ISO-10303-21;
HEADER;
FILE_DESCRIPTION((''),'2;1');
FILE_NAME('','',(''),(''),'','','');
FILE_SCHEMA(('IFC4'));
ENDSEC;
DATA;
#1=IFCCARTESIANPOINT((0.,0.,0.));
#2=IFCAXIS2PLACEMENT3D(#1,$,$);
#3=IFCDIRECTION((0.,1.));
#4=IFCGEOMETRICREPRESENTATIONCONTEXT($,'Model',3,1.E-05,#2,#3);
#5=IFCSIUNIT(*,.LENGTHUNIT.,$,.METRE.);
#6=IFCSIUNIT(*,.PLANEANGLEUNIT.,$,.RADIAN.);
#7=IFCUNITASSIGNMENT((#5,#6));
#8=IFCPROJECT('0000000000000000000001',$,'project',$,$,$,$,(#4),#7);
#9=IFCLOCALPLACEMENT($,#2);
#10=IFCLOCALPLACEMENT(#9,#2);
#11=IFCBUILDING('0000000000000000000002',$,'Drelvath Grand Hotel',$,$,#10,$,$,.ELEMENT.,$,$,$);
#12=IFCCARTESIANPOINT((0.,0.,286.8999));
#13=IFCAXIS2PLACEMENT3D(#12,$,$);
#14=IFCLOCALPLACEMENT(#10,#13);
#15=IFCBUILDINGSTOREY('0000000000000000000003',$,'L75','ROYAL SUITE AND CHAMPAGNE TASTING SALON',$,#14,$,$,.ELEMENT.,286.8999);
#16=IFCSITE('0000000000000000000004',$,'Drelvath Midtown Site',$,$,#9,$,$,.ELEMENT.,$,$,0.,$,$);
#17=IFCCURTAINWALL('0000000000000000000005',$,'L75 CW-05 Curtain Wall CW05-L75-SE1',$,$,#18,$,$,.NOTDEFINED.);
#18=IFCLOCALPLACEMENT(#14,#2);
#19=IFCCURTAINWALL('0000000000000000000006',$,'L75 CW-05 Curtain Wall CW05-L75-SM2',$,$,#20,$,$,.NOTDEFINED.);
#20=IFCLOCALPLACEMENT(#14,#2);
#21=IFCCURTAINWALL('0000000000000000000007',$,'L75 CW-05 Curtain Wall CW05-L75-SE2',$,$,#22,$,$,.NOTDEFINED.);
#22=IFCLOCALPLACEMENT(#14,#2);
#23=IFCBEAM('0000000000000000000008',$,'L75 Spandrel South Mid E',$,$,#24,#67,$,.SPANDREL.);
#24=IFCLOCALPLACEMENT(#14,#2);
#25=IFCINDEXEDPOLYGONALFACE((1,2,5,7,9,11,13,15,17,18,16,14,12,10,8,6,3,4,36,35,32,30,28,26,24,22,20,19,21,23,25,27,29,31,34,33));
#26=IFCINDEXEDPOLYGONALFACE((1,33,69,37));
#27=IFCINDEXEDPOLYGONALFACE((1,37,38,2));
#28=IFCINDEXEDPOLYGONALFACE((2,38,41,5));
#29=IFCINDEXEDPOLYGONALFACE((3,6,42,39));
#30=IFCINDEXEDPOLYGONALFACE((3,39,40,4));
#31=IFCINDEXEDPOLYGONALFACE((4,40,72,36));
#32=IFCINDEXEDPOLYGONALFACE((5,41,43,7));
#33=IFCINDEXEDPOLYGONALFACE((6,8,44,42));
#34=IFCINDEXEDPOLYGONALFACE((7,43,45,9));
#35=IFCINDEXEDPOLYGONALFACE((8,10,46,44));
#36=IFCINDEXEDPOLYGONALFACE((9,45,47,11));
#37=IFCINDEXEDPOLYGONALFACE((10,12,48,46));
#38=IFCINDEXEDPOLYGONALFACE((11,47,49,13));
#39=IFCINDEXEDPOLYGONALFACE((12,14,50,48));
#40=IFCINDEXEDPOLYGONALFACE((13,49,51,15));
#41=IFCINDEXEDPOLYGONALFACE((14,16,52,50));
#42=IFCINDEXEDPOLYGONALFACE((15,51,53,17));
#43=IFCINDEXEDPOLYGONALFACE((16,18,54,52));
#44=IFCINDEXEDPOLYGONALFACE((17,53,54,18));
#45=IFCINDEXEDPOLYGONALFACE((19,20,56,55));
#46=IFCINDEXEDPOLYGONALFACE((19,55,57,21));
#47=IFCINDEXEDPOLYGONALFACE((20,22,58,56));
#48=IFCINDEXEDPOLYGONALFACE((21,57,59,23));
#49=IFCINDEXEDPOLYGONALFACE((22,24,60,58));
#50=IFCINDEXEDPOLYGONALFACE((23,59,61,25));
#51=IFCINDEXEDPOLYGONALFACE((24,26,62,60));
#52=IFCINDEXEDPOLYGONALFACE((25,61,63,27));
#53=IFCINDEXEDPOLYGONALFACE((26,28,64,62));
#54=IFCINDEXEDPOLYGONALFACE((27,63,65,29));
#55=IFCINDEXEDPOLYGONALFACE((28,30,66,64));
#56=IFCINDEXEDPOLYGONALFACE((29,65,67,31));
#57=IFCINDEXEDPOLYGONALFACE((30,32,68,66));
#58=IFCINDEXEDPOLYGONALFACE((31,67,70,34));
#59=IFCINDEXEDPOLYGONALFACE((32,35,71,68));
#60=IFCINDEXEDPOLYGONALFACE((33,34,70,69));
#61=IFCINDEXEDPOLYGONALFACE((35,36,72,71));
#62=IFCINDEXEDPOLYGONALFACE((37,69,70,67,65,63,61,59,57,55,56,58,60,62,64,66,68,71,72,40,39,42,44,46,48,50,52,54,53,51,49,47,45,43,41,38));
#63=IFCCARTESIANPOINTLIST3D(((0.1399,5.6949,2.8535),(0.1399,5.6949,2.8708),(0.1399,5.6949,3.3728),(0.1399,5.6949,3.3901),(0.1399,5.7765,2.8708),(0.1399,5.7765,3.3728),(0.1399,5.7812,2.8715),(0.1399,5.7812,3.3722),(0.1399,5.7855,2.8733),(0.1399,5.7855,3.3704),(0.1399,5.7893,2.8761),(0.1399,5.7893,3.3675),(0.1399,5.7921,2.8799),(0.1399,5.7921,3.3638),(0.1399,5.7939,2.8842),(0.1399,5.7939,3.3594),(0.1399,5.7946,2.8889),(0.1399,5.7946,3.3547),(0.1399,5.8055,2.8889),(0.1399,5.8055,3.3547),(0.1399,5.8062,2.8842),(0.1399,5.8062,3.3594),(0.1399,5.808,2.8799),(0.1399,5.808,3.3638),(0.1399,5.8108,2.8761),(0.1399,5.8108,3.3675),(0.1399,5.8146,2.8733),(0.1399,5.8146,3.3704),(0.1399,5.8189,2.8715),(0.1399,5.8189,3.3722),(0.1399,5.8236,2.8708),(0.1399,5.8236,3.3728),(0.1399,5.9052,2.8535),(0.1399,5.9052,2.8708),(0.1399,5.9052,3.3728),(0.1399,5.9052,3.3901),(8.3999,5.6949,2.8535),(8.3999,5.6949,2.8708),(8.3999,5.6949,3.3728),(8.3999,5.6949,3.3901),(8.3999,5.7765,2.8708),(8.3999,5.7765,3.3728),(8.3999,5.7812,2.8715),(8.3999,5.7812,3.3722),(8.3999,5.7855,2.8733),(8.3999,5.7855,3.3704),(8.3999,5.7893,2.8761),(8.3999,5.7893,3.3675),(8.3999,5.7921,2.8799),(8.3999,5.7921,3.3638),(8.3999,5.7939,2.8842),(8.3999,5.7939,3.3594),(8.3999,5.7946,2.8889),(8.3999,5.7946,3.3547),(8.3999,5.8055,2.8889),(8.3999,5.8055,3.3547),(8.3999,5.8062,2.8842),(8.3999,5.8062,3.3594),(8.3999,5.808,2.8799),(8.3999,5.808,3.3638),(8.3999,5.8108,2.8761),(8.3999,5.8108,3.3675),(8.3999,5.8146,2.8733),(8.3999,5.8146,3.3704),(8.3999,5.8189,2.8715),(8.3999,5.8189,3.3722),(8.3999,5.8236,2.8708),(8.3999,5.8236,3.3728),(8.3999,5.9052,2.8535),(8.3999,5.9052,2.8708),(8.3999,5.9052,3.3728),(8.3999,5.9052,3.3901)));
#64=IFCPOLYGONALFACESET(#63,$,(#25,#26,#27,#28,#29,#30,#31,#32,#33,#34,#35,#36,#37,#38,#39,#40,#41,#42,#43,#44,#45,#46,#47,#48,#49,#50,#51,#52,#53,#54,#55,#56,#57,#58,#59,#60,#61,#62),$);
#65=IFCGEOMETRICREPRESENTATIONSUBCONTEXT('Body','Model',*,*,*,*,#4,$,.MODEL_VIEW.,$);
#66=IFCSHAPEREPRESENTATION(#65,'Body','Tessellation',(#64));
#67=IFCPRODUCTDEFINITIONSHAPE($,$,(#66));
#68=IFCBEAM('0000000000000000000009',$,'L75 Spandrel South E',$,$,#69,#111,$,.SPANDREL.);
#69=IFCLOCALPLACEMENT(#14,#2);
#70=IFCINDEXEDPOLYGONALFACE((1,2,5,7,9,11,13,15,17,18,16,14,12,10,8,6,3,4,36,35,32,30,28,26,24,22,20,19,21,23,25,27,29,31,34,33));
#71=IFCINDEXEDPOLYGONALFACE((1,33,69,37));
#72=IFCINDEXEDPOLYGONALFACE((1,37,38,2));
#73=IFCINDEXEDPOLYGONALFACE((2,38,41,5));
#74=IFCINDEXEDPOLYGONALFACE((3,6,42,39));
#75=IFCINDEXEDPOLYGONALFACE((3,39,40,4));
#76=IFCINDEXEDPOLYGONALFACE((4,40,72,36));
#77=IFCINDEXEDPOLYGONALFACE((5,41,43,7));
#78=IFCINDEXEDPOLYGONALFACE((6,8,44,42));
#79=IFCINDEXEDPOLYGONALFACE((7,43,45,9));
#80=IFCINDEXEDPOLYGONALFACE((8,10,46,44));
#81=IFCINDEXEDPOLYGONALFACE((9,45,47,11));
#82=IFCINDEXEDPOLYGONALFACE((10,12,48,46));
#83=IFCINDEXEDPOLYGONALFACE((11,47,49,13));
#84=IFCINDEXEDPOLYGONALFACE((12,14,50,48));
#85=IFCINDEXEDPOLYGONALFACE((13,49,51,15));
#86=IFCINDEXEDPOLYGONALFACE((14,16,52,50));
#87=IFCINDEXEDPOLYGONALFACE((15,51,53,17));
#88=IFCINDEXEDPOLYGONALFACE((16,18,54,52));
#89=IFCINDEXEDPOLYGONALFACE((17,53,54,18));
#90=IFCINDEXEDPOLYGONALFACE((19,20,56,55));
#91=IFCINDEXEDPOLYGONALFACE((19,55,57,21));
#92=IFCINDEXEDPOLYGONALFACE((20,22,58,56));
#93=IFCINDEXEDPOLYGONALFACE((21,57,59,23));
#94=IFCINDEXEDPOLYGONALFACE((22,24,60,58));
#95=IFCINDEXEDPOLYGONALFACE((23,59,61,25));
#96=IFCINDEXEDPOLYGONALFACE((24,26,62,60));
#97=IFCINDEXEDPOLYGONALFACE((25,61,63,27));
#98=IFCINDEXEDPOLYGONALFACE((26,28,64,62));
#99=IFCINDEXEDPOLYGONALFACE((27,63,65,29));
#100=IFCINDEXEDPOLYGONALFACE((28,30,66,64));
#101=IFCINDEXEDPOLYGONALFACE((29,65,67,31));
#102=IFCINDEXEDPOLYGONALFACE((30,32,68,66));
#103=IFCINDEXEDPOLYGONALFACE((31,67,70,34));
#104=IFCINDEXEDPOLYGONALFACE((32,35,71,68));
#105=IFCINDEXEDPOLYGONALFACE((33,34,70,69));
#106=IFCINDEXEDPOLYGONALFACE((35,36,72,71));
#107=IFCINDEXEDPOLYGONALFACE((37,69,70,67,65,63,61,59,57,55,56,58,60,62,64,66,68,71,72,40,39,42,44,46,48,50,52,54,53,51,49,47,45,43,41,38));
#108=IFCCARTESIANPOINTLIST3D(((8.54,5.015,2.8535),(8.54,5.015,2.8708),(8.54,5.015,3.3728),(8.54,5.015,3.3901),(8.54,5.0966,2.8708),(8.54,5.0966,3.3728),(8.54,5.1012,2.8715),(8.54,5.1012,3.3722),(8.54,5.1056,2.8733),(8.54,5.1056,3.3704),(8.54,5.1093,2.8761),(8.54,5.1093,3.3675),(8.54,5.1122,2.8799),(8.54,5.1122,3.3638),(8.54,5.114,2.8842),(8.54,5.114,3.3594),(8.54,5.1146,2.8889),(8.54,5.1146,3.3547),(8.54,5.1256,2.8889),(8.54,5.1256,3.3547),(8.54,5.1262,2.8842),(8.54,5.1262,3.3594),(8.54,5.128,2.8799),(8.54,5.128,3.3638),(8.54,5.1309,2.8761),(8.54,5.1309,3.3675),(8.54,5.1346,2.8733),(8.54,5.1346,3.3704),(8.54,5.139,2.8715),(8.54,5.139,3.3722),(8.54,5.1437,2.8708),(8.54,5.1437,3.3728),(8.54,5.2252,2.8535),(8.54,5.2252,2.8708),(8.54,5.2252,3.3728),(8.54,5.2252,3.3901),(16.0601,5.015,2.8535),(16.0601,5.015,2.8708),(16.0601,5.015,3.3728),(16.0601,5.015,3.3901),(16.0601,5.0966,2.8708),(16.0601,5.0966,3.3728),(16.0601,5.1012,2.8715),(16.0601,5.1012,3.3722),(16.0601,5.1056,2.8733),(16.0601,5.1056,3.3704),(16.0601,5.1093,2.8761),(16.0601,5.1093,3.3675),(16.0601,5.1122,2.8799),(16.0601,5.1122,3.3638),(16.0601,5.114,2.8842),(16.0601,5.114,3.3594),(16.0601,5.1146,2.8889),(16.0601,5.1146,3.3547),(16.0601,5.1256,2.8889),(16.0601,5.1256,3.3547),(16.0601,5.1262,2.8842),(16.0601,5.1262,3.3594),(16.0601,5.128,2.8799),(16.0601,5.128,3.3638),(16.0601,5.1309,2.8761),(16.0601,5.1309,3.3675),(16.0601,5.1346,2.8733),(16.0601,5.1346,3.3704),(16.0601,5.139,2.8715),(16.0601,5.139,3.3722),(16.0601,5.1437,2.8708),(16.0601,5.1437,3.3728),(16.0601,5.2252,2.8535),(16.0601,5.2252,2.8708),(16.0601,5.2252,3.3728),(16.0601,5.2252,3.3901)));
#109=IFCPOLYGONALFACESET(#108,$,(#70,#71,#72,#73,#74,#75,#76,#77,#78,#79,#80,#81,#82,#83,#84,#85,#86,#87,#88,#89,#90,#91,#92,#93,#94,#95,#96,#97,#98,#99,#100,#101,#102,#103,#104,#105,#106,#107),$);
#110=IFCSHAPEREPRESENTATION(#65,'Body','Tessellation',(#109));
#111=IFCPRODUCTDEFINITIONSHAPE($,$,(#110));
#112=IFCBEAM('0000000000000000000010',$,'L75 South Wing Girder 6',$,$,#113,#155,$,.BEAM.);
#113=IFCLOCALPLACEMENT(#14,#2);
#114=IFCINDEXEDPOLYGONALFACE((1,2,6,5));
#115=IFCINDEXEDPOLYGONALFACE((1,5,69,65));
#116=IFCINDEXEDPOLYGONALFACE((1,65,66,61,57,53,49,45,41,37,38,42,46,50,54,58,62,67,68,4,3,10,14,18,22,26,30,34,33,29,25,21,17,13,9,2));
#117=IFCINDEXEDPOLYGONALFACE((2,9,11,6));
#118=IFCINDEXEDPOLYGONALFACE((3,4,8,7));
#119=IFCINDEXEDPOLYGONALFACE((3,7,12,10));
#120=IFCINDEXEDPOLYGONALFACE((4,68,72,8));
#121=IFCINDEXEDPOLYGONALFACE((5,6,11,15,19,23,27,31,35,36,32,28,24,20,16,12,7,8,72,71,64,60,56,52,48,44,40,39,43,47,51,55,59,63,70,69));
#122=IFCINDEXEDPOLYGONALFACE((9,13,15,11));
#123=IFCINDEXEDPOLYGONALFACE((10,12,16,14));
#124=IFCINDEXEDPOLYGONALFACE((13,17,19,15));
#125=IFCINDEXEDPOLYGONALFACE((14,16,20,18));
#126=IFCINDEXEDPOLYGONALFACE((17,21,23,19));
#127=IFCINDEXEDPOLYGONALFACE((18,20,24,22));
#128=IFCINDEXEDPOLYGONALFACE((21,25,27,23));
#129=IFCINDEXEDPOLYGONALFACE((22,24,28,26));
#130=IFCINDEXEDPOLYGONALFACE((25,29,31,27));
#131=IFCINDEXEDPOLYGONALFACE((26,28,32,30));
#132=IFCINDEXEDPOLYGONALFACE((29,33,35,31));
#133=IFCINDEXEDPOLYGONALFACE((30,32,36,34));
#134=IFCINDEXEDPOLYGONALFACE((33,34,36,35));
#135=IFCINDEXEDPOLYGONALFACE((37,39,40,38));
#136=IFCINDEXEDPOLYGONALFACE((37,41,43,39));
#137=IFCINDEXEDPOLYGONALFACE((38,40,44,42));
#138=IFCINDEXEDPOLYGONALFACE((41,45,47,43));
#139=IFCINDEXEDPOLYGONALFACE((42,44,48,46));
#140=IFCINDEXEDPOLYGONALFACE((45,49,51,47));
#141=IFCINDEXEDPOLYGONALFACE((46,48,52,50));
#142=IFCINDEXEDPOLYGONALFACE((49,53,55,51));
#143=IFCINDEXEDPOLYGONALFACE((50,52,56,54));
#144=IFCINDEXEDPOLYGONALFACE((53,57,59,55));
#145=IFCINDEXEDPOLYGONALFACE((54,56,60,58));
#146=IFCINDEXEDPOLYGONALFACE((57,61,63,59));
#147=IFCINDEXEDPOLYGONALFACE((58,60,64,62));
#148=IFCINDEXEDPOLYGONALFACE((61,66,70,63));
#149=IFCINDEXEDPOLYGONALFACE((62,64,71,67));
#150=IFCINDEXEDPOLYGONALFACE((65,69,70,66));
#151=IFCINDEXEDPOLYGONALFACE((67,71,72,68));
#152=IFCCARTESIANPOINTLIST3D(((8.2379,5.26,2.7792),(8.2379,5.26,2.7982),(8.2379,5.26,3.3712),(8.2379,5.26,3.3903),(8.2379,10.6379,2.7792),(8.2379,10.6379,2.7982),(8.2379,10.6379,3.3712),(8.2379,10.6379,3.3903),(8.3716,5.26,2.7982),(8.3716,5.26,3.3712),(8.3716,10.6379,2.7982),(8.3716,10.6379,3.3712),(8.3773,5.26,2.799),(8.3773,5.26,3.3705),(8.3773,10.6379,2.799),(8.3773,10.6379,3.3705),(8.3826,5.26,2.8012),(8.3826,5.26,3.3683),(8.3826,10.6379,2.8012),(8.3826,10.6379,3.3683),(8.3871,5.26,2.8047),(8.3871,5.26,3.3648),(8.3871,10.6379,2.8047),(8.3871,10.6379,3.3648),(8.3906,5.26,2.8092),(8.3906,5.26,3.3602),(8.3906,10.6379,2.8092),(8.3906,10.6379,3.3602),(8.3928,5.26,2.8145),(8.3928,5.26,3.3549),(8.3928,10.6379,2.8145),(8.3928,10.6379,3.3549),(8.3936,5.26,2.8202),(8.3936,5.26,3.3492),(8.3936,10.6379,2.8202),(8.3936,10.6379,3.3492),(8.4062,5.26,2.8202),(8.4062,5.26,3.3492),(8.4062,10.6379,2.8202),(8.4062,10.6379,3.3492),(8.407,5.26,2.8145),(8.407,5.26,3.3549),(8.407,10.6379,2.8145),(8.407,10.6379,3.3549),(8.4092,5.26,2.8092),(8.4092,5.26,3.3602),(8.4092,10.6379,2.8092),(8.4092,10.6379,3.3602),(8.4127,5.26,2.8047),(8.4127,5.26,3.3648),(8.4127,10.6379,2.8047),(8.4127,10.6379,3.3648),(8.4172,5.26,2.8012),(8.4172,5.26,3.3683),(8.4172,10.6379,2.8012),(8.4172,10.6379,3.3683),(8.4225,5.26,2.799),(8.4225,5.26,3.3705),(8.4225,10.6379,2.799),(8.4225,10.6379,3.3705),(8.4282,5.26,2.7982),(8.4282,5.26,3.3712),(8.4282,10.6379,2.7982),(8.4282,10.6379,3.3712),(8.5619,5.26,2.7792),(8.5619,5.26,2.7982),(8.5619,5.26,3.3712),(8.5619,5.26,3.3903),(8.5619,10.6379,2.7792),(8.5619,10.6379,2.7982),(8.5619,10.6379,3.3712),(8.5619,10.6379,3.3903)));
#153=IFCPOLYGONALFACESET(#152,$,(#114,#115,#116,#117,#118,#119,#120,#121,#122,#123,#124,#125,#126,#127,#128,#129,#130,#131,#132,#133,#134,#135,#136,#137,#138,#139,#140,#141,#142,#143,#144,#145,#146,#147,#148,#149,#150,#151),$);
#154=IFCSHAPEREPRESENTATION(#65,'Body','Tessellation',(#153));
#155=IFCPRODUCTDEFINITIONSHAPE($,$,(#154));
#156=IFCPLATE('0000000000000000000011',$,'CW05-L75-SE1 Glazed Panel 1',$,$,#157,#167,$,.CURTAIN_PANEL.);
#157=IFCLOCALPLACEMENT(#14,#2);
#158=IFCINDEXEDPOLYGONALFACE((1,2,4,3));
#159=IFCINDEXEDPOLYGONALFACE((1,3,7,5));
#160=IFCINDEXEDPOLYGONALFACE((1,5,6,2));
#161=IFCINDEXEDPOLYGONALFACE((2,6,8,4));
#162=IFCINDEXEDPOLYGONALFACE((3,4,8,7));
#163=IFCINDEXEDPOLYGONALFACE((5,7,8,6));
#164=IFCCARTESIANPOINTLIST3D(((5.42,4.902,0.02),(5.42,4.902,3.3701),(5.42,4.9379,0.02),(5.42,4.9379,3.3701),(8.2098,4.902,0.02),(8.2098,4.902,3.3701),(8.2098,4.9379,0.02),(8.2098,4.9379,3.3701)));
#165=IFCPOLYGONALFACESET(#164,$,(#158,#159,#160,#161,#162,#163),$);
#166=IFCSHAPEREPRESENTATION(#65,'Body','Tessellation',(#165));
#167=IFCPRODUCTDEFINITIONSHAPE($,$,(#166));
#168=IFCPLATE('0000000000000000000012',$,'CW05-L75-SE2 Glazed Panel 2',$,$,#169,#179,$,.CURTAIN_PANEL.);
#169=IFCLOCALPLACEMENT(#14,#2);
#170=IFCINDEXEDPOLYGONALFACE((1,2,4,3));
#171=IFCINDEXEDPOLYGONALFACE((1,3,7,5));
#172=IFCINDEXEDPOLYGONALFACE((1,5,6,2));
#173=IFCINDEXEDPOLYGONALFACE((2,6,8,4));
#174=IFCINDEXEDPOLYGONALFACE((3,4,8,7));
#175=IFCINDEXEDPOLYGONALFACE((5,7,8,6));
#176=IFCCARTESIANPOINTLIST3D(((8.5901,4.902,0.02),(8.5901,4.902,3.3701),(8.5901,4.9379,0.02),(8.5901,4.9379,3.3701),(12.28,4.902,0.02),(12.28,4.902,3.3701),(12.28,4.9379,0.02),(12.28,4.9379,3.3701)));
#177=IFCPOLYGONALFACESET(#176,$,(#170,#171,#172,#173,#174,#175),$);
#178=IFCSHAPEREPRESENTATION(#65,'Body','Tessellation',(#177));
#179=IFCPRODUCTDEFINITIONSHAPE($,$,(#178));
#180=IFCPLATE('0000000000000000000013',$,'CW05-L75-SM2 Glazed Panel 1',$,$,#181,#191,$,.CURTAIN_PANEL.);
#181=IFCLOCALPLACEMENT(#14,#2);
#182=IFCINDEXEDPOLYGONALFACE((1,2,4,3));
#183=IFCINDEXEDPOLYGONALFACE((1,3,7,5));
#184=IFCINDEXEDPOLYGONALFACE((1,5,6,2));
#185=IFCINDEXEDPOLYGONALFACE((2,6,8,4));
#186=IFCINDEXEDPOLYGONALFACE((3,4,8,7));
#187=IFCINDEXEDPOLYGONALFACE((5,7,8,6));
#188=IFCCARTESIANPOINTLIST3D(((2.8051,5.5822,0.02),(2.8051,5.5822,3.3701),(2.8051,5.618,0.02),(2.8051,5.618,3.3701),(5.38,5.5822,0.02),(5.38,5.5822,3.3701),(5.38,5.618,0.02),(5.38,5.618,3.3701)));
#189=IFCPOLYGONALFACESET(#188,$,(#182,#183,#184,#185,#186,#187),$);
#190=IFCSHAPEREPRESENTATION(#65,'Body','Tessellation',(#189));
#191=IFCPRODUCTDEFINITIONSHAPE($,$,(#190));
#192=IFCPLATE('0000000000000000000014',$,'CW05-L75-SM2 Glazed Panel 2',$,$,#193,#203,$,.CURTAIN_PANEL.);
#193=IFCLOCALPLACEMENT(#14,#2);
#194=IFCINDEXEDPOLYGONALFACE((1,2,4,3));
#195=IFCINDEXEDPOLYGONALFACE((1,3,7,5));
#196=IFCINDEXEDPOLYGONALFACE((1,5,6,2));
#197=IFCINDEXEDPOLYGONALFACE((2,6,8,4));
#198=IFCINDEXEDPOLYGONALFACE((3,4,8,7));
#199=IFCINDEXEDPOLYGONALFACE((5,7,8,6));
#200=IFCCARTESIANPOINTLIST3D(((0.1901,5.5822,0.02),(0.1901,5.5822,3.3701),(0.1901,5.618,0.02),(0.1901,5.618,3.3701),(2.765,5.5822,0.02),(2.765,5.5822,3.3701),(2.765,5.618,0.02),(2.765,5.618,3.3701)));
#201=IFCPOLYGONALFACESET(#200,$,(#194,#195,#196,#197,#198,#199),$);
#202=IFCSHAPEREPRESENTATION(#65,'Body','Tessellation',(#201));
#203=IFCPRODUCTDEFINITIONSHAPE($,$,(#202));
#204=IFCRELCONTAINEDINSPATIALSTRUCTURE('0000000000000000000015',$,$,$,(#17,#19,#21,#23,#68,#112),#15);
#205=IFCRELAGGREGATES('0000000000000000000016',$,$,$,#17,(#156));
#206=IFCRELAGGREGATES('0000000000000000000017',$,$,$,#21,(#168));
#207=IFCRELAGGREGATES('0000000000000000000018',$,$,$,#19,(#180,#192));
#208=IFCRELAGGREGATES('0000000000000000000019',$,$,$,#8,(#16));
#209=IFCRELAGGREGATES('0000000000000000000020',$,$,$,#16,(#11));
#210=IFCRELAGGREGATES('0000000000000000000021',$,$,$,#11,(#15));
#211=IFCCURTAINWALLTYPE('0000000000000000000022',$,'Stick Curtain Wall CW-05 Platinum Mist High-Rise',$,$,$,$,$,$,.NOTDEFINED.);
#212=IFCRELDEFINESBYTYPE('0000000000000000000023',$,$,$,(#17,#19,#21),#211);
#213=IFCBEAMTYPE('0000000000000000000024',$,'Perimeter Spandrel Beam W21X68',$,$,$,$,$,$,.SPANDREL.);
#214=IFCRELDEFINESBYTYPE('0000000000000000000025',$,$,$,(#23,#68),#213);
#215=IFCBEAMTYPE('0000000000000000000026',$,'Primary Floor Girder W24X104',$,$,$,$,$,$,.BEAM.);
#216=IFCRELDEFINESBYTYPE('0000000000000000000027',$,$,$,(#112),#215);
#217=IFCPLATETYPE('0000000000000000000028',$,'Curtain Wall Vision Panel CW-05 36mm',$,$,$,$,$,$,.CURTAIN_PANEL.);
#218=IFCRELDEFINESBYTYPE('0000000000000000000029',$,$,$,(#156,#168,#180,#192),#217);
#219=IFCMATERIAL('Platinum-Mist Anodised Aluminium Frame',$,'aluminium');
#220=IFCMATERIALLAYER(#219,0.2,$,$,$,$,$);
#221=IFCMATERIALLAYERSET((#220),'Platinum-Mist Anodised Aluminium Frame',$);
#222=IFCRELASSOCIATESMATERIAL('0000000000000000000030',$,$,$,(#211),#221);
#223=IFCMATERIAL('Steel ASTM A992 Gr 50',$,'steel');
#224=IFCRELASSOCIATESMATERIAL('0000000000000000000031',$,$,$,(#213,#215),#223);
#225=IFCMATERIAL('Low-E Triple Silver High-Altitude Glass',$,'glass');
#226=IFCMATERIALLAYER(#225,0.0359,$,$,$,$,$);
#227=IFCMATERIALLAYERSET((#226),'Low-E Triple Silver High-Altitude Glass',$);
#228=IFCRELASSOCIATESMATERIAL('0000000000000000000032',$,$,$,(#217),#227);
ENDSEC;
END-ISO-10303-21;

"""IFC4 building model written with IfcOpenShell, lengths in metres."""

from ifc_helpers import new_model, si_unit, direction, frame, origin, origin_2d, place, context, subcontext, project, spatial, rectangle, i_section, extrude, material, layer, layer_set, material_profile, profile_set, type_object, element, aggregate, save


model = new_model("IFC4")

# Units and contexts
model_context = context("Model", 3, precision=1e-05, world=origin(), true_north=direction((0.0, 1.0)))
body_context = subcontext(model_context, "Body", "Model", "MODEL_VIEW")
ifc_project = project(units=[si_unit("LENGTHUNIT", "METRE"), si_unit("PLANEANGLEUNIT", "RADIAN")], contexts=[model_context])

# Site, building, storey
site_placement = place(None, origin())
site = spatial("IfcSite", under=ifc_project, at=site_placement, Name="Drelvath Midtown Site", CompositionType="ELEMENT", RefElevation=0.0)
building_placement = place(site_placement, origin())
building = spatial("IfcBuilding", under=site, at=building_placement, Name="Drelvath Grand Hotel", CompositionType="ELEMENT")
storey_placement = place(building_placement, frame((0.0, 0.0, 286.8999)))
storey = spatial("IfcBuildingStorey", under=building, at=storey_placement, Name="L75", Description="ROYAL SUITE AND CHAMPAGNE TASTING SALON", CompositionType="ELEMENT", Elevation=286.8999)

# Curtain walls
ifc_material_1 = material(Name="Platinum-Mist Anodised Aluminium Frame", Category="aluminium")
ifc_layer_1 = layer(ifc_material_1, 0.2)
ifc_layer_set_1 = layer_set([ifc_layer_1], Name="Platinum-Mist Anodised Aluminium Frame")
curtain_wall_type = type_object("IfcCurtainWallType", Name="Stick Curtain Wall CW-05 Platinum Mist High-Rise", PredefinedType="NOTDEFINED", material=ifc_layer_set_1)
curtain_wall_1_placement = place(storey_placement, origin())
curtain_wall_1 = element("IfcCurtainWall", 1, at=curtain_wall_1_placement, inside=storey, type_object=curtain_wall_type, Name="L75 CW-05 Curtain Wall CW05-L75-SE1", PredefinedType="NOTDEFINED")
curtain_wall_2_placement = place(storey_placement, origin())
curtain_wall_2 = element("IfcCurtainWall", 2, at=curtain_wall_2_placement, inside=storey, type_object=curtain_wall_type, Name="L75 CW-05 Curtain Wall CW05-L75-SM2", PredefinedType="NOTDEFINED")

# Curtain wall
curtain_wall_3_placement = place(storey_placement, origin())
curtain_wall_3 = element("IfcCurtainWall", 3, at=curtain_wall_3_placement, inside=storey, type_object=curtain_wall_type, Name="L75 CW-05 Curtain Wall CW05-L75-SE2", PredefinedType="NOTDEFINED")

# Beams
ifc_material_2 = material(Name="Steel ASTM A992 Gr 50", Category="steel")
ifc_material_profile_1 = material_profile(ifc_material_2, i_section(OverallWidth=0.2102, OverallDepth=0.5366, WebThickness=0.011, FlangeThickness=0.0173, FilletRadius=0.0181, at=origin_2d()), Name="W21X68")
ifc_profile_set_1 = profile_set([ifc_material_profile_1], Name="Steel ASTM A992 Gr 50")
beam_type_1 = type_object("IfcBeamType", Name="Perimeter Spandrel Beam W21X68", PredefinedType="SPANDREL", material=ifc_profile_set_1)
beam_1_placement = place(storey_placement, frame((0.1399, 5.8, 3.1218), z_axis=(1.0, 0.0, 0.0), x_axis=(0.0, 1.0, 0.0)))
element("IfcBeam", 4, at=beam_1_placement, inside=storey, type_object=beam_type_1, Name="L75 Spandrel South Mid E", PredefinedType="SPANDREL", context=body_context, shape_type="SweptSolid", body=[
    extrude(i_section(OverallWidth=0.2102, OverallDepth=0.5366, WebThickness=0.011, FlangeThickness=0.0173, FilletRadius=0.0181, at=origin_2d()), origin(), (0.0, 0.0, 1.0), 8.26),
])
beam_2_placement = place(storey_placement, frame((8.54, 5.1201, 3.1218), z_axis=(1.0, 0.0, 0.0), x_axis=(0.0, 1.0, 0.0)))
element("IfcBeam", 5, at=beam_2_placement, inside=storey, type_object=beam_type_1, Name="L75 Spandrel South E", PredefinedType="SPANDREL", context=body_context, shape_type="SweptSolid", body=[
    extrude(i_section(OverallWidth=0.2102, OverallDepth=0.5366, WebThickness=0.011, FlangeThickness=0.0173, FilletRadius=0.0181, at=origin_2d()), origin(), (0.0, 0.0, 1.0), 7.52),
])
ifc_material_profile_2 = material_profile(ifc_material_2, i_section(OverallWidth=0.324, OverallDepth=0.6111, WebThickness=0.0127, FlangeThickness=0.019, FilletRadius=0.022, at=origin_2d()), Name="W24X104")
ifc_profile_set_2 = profile_set([ifc_material_profile_2], Name="Steel ASTM A992 Gr 50")
beam_type_2 = type_object("IfcBeamType", Name="Primary Floor Girder W24X104", PredefinedType="BEAM", material=ifc_profile_set_2)
beam_3_placement = place(storey_placement, frame((8.3999, 5.26, 3.0847), z_axis=(0.0, 1.0, 0.0), x_axis=(-1.0, 0.0, 0.0)))
element("IfcBeam", 6, at=beam_3_placement, inside=storey, type_object=beam_type_2, Name="L75 South Wing Girder 6", PredefinedType="BEAM", context=body_context, shape_type="SweptSolid", body=[
    extrude(i_section(OverallWidth=0.324, OverallDepth=0.6111, WebThickness=0.0127, FlangeThickness=0.019, FilletRadius=0.022, at=origin_2d()), origin(), (0.0, 0.0, 1.0), 5.3779),
])

# Plates
ifc_material_3 = material(Name="Low-E Triple Silver High-Altitude Glass", Category="glass")
ifc_layer_2 = layer(ifc_material_3, 0.0359)
ifc_layer_set_2 = layer_set([ifc_layer_2], Name="Low-E Triple Silver High-Altitude Glass")
plate_type = type_object("IfcPlateType", Name="Curtain Wall Vision Panel CW-05 36mm", PredefinedType="CURTAIN_PANEL", material=ifc_layer_set_2)
plate_1_placement = place(storey_placement, frame((6.8149, 4.9199, 0.02), z_axis=(0.0, 0.0, 1.0), x_axis=(-1.0, 0.0, 0.0)))
plate_1 = element("IfcPlate", 7, at=plate_1_placement, type_object=plate_type, Name="CW05-L75-SE1 Glazed Panel 1", PredefinedType="CURTAIN_PANEL", context=body_context, shape_type="SweptSolid", body=[
    extrude(rectangle(XDim=2.7898, YDim=0.0359, at=origin_2d()), origin(), (0.0, 0.0, 1.0), 3.3501),
])
aggregate(curtain_wall_1, [plate_1])
plate_2_placement = place(storey_placement, frame((10.4351, 4.9199, 0.02), z_axis=(0.0, 0.0, 1.0), x_axis=(-1.0, 0.0, 0.0)))
plate_2 = element("IfcPlate", 8, at=plate_2_placement, type_object=plate_type, Name="CW05-L75-SE2 Glazed Panel 2", PredefinedType="CURTAIN_PANEL", context=body_context, shape_type="SweptSolid", body=[
    extrude(rectangle(XDim=3.6899, YDim=0.0359, at=origin_2d()), origin(), (0.0, 0.0, 1.0), 3.3501),
])
aggregate(curtain_wall_3, [plate_2])
plate_3_placement = place(storey_placement, frame((4.0925, 5.6001, 0.02), z_axis=(0.0, 0.0, 1.0), x_axis=(-1.0, 0.0, 0.0)))
plate_3 = element("IfcPlate", 9, at=plate_3_placement, type_object=plate_type, Name="CW05-L75-SM2 Glazed Panel 1", PredefinedType="CURTAIN_PANEL", context=body_context, shape_type="SweptSolid", body=[
    extrude(rectangle(XDim=2.575, YDim=0.0359, at=origin_2d()), origin(), (0.0, 0.0, 1.0), 3.3501),
])
plate_4_placement = place(storey_placement, frame((1.4775, 5.6001, 0.02), z_axis=(0.0, 0.0, 1.0), x_axis=(-1.0, 0.0, 0.0)))
plate_4 = element("IfcPlate", 10, at=plate_4_placement, type_object=plate_type, Name="CW05-L75-SM2 Glazed Panel 2", PredefinedType="CURTAIN_PANEL", context=body_context, shape_type="SweptSolid", body=[
    extrude(rectangle(XDim=2.575, YDim=0.0359, at=origin_2d()), origin(), (0.0, 0.0, 1.0), 3.3501),
])
aggregate(curtain_wall_2, [plate_3, plate_4])

save(model, "model.ifc")
